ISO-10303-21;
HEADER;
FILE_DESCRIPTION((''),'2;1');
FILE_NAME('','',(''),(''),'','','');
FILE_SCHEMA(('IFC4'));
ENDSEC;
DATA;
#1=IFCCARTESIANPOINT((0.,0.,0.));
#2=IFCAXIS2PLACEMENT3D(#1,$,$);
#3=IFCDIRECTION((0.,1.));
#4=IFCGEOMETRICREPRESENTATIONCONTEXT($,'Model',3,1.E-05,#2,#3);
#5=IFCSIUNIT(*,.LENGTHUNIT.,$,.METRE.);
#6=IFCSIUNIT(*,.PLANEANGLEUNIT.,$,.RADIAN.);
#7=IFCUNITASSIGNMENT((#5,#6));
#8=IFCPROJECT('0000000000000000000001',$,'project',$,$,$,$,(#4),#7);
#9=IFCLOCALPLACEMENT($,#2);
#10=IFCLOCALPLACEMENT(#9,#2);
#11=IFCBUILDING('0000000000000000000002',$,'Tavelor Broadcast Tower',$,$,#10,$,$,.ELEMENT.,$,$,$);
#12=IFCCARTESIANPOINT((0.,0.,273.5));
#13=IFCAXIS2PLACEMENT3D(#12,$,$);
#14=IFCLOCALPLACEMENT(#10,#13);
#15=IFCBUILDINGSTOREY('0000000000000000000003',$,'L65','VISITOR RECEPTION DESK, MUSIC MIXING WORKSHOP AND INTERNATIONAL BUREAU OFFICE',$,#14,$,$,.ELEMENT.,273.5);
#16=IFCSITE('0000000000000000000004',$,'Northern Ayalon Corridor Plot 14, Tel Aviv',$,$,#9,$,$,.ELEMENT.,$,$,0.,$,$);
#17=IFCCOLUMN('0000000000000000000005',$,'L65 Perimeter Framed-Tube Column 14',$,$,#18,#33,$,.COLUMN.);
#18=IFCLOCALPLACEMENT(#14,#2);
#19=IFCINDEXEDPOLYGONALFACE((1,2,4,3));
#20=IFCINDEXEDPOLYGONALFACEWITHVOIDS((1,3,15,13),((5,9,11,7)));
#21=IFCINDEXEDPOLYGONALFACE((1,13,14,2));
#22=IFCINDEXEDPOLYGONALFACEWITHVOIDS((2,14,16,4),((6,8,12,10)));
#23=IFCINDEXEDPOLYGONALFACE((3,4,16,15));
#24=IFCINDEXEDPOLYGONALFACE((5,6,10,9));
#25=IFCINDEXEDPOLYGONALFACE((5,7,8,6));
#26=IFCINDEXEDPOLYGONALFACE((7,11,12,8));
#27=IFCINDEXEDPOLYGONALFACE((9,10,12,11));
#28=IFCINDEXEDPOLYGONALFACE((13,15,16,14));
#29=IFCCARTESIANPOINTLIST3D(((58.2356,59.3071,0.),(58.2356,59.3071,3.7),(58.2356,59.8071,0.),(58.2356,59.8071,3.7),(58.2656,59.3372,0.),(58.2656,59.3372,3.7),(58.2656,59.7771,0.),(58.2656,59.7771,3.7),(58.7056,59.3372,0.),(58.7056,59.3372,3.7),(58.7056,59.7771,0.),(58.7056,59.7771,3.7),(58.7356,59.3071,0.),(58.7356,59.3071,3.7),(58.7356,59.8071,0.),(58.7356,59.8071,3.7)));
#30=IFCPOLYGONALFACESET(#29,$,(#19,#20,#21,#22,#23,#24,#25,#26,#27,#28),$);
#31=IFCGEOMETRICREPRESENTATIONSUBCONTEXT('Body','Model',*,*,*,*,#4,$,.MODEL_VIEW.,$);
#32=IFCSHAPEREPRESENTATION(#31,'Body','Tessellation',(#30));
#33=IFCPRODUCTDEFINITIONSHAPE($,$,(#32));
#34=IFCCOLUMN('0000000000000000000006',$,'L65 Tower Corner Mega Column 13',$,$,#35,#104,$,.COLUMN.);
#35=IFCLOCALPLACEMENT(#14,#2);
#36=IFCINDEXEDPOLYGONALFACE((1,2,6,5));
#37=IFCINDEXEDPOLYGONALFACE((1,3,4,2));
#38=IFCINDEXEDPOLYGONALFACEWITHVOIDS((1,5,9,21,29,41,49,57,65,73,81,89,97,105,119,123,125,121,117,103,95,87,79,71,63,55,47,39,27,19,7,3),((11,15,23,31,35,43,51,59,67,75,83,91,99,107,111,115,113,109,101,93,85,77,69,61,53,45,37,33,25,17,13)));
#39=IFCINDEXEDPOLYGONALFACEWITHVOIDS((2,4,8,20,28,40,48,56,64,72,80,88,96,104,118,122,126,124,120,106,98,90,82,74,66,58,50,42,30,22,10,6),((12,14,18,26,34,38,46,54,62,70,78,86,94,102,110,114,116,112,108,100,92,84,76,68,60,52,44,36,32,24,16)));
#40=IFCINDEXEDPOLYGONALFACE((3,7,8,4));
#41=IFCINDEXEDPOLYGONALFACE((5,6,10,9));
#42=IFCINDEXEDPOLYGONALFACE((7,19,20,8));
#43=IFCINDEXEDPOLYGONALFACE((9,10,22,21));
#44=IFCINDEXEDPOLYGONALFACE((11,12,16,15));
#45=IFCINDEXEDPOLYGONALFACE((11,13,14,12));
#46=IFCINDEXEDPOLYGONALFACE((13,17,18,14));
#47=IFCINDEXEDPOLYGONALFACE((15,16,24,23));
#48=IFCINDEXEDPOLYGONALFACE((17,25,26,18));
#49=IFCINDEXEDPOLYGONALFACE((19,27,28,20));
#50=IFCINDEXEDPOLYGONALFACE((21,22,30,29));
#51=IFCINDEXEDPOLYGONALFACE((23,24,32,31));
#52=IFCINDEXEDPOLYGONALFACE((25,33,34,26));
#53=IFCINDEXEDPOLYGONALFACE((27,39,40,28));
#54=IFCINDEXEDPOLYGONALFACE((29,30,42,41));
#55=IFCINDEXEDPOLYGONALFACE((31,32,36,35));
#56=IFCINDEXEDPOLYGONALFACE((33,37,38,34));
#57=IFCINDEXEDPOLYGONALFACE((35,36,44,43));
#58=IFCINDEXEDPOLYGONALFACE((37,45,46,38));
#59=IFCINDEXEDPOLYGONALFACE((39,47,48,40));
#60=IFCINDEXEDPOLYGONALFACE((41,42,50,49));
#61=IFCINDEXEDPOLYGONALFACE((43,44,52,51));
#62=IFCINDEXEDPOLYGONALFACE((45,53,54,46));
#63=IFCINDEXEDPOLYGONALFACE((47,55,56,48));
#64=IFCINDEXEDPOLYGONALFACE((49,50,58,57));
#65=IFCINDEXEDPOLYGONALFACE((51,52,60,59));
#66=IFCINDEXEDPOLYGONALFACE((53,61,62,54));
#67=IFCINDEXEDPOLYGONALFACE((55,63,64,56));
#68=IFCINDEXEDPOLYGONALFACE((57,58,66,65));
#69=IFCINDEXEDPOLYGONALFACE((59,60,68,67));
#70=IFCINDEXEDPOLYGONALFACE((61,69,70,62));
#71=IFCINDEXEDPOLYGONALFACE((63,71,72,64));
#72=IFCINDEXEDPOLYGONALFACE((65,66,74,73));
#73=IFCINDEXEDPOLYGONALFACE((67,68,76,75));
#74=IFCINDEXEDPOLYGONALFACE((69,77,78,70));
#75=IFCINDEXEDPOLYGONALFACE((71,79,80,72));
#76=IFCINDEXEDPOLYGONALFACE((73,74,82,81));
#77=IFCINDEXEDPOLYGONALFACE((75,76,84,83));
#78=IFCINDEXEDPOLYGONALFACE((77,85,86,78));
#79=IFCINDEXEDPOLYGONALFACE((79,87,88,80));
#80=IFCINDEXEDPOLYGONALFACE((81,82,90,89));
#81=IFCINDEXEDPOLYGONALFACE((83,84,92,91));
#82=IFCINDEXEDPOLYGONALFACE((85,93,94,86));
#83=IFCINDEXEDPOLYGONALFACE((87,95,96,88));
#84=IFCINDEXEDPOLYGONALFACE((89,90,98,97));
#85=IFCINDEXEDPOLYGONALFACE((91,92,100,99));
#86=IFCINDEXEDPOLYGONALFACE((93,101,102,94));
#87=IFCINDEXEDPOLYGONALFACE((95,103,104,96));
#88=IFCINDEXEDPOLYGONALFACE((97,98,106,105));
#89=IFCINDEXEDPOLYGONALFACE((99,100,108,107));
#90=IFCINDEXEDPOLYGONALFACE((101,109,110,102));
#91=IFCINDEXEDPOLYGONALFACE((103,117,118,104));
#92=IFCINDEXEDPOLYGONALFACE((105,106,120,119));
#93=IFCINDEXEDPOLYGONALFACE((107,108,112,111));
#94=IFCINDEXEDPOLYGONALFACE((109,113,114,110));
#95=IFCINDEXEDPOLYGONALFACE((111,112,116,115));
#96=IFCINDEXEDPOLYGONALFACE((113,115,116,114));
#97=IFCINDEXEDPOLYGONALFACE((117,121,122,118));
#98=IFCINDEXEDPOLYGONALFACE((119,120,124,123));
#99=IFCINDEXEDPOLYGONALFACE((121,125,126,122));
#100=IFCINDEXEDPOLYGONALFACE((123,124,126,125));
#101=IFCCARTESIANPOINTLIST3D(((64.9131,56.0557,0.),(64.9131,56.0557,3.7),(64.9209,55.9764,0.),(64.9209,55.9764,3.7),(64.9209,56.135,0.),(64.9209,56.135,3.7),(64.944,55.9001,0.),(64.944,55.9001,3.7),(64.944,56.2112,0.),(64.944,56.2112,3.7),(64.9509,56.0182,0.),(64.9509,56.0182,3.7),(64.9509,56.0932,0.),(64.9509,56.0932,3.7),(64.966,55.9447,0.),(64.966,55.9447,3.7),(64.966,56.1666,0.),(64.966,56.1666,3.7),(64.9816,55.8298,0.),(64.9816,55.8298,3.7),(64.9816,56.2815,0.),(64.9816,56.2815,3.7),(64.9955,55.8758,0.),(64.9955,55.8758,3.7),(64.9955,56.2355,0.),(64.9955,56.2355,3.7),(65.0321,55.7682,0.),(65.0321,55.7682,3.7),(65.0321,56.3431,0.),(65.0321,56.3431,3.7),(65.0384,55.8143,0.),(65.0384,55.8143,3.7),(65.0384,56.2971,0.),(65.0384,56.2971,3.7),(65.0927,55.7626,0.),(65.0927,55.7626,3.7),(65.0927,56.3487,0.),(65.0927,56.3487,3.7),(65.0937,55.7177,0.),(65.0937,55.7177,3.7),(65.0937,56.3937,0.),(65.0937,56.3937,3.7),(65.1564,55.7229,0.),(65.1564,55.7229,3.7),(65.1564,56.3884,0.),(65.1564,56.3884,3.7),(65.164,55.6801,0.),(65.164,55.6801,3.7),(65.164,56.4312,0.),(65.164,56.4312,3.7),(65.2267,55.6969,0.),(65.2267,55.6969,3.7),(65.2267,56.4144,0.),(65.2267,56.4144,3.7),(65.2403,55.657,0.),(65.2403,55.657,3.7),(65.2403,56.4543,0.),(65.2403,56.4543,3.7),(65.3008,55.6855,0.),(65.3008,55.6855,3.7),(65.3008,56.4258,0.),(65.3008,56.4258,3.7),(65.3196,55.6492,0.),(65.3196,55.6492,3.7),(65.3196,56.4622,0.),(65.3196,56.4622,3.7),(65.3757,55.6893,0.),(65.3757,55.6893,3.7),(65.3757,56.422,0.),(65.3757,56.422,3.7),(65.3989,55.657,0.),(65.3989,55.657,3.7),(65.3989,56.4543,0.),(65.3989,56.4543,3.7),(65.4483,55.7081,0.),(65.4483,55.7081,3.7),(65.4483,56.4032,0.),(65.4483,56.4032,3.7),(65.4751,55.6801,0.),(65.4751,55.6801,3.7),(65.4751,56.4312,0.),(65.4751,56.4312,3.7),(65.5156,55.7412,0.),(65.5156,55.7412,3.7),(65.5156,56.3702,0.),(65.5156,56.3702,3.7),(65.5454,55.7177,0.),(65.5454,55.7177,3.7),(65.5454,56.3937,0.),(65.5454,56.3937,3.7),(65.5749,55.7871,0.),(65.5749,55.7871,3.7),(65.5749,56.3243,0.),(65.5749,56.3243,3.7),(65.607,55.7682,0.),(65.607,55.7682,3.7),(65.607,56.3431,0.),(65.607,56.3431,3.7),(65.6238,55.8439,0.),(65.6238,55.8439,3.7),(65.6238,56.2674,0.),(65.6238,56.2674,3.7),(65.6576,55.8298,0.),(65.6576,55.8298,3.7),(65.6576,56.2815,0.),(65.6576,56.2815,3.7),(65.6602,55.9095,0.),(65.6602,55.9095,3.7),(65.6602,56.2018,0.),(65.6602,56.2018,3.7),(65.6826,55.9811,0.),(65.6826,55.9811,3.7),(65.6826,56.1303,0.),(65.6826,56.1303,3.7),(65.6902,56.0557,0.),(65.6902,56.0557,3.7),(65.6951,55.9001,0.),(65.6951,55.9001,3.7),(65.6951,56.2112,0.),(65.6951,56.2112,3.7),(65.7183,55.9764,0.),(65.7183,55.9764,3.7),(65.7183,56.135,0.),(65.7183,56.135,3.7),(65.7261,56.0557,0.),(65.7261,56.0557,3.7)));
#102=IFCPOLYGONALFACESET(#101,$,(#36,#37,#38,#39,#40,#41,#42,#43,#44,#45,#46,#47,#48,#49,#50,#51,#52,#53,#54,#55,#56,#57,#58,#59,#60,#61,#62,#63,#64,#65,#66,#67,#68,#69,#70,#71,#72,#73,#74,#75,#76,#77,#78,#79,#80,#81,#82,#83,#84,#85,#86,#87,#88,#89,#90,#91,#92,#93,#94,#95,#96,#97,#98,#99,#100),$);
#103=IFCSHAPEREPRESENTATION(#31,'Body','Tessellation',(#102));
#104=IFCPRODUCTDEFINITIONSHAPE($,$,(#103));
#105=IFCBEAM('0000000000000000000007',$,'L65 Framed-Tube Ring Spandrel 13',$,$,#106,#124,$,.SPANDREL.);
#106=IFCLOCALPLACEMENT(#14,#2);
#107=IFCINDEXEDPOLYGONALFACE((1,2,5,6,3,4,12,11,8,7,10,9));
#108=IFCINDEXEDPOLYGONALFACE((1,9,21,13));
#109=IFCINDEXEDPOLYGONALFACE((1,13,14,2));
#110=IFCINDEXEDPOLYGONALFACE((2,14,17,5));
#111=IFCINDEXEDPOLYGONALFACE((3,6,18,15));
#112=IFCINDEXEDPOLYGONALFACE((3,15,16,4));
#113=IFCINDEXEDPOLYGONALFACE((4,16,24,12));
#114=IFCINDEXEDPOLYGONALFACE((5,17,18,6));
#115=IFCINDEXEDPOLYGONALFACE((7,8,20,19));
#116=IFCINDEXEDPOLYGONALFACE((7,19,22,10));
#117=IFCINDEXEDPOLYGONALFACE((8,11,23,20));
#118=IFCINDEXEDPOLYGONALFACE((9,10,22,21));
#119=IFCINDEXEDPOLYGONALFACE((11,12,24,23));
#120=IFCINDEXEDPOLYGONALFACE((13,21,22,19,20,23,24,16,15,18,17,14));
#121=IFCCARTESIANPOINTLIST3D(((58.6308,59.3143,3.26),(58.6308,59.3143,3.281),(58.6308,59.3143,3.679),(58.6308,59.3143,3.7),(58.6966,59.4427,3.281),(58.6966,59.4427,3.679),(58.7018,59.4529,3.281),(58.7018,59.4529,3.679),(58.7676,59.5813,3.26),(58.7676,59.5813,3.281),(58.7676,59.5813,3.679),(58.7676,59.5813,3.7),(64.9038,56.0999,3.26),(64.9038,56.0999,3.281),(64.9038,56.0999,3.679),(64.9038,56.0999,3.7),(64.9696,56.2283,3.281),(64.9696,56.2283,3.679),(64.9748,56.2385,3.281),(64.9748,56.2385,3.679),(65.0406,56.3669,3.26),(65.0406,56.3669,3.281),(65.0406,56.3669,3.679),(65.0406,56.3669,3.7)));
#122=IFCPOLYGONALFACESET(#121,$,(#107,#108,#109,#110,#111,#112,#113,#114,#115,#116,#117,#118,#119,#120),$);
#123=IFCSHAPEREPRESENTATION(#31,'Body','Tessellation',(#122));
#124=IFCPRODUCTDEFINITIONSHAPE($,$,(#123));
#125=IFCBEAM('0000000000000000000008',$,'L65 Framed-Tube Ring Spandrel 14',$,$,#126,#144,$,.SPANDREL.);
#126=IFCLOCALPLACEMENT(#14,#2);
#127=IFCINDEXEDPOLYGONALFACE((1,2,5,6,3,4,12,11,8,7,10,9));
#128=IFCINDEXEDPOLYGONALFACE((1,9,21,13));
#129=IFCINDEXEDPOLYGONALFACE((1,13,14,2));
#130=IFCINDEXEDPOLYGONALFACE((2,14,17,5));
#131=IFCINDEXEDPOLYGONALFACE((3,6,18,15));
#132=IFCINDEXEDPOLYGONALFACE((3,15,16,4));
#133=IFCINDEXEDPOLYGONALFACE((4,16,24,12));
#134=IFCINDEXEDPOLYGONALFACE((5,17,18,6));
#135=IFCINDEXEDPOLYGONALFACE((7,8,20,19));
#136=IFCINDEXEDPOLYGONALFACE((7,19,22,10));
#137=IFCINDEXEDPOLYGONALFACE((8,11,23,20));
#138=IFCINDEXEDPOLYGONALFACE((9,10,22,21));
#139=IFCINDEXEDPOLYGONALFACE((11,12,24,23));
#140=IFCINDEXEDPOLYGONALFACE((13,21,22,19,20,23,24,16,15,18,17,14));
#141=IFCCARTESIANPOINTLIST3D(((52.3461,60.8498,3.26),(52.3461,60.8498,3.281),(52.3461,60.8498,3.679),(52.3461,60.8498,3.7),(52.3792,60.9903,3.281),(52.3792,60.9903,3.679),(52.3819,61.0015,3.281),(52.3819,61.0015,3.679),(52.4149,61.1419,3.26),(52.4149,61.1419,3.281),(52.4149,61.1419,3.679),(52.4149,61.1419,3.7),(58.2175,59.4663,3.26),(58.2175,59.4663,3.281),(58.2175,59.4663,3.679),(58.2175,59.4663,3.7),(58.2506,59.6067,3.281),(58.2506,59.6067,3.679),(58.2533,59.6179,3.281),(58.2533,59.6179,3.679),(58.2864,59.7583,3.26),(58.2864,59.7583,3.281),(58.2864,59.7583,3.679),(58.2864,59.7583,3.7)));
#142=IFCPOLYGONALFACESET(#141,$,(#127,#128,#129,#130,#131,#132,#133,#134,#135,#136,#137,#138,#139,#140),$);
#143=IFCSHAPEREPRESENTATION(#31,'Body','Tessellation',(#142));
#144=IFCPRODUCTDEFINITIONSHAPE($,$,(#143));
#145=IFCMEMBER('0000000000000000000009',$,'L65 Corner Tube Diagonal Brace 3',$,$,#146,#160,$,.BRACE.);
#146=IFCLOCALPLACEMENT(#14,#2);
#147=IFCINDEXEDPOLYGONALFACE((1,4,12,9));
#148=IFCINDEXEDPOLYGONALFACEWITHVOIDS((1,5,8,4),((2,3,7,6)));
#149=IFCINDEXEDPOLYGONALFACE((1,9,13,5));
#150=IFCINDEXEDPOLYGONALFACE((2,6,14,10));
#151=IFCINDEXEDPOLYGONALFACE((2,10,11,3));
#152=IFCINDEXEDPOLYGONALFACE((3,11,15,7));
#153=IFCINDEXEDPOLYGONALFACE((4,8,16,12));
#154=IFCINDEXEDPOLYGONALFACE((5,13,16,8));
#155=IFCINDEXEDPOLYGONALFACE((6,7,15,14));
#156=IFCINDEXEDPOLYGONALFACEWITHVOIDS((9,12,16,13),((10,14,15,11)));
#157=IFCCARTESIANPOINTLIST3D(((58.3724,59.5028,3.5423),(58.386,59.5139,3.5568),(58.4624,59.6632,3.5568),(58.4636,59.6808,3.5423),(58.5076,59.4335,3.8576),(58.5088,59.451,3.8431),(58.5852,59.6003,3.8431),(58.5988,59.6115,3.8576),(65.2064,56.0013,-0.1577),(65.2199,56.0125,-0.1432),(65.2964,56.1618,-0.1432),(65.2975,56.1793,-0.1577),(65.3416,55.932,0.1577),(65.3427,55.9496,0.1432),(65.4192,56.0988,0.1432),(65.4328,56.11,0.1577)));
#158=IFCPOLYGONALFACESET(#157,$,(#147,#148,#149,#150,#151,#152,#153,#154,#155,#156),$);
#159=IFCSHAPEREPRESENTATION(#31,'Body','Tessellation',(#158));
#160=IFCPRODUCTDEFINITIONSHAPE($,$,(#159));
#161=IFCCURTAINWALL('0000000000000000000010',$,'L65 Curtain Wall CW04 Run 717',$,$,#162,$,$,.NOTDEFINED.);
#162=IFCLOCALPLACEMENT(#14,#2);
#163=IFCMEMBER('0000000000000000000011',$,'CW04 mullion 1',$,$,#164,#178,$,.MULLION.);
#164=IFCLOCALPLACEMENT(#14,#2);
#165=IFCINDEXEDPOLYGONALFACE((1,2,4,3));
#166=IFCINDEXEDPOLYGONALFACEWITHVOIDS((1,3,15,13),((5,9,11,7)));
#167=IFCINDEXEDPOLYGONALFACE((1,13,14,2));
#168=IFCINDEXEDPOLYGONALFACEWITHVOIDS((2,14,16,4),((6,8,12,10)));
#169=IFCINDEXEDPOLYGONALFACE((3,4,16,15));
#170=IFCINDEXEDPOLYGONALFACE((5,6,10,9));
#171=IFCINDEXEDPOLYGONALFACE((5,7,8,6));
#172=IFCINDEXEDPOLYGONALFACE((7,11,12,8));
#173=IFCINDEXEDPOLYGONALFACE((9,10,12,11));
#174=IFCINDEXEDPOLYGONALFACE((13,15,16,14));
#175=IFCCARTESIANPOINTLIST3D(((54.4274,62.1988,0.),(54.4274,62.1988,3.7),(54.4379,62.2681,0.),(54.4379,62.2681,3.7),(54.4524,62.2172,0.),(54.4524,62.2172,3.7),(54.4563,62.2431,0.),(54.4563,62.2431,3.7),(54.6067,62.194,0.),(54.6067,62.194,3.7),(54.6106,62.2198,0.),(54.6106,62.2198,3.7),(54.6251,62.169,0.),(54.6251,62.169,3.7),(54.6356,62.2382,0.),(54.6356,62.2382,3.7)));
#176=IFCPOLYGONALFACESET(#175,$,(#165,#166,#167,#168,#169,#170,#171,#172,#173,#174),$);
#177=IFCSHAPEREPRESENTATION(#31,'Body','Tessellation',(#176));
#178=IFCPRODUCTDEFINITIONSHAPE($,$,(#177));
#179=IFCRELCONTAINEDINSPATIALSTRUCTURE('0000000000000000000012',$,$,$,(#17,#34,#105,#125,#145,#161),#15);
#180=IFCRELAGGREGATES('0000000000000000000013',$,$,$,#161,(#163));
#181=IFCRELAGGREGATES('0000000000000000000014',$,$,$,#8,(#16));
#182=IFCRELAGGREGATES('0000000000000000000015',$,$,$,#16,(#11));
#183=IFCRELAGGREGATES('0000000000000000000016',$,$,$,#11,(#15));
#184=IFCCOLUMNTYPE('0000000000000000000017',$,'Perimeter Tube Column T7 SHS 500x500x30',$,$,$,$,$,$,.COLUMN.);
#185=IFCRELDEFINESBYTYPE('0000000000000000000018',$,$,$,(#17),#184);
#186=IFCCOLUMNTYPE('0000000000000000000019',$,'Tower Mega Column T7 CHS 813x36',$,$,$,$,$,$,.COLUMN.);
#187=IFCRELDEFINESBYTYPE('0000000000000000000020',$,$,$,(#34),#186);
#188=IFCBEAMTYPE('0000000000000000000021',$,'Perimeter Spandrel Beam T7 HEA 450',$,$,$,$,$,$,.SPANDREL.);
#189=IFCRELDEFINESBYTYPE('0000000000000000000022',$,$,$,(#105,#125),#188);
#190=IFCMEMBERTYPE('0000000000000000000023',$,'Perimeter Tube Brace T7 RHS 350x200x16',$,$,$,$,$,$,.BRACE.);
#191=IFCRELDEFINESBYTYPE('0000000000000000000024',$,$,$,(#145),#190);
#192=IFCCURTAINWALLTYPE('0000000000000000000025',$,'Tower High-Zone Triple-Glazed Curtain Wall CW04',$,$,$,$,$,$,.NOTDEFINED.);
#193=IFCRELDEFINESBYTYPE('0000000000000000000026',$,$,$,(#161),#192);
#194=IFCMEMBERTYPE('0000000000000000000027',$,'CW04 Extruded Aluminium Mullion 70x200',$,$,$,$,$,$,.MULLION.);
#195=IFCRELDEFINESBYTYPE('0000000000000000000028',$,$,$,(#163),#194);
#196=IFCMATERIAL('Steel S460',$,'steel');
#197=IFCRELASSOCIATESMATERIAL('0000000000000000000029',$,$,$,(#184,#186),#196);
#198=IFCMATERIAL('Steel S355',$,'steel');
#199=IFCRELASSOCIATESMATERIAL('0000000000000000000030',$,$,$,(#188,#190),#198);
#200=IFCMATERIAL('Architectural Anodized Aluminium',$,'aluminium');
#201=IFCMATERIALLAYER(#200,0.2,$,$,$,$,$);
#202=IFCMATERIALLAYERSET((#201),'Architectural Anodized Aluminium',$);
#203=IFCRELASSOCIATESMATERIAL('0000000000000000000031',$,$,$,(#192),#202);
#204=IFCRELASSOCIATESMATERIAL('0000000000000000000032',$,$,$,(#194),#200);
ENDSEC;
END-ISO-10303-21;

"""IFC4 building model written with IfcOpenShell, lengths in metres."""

from ifc_helpers import new_model, si_unit, direction, frame, origin, origin_2d, place, context, subcontext, project, spatial, hollow_rectangle, hollow_circle, i_section, extrude, source, transform, mapped, material, layer, layer_set, material_profile, profile_set, type_object, type_shapes, element, aggregate, save


model = new_model("IFC4")

# Units and contexts
model_context = context("Model", 3, precision=1e-05, world=origin(), true_north=direction((0.0, 1.0)))
body_context = subcontext(model_context, "Body", "Model", "MODEL_VIEW")
ifc_project = project(units=[si_unit("LENGTHUNIT", "METRE"), si_unit("PLANEANGLEUNIT", "RADIAN")], contexts=[model_context])

# Site, building, storey
site_placement = place(None, origin())
site = spatial("IfcSite", under=ifc_project, at=site_placement, Name="Northern Ayalon Corridor Plot 14, Tel Aviv", CompositionType="ELEMENT", RefElevation=0.0)
building_placement = place(site_placement, origin())
building = spatial("IfcBuilding", under=site, at=building_placement, Name="Tavelor Broadcast Tower", CompositionType="ELEMENT")
storey_placement = place(building_placement, frame((0.0, 0.0, 273.5)))
storey = spatial("IfcBuildingStorey", under=building, at=storey_placement, Name="L65", Description="VISITOR RECEPTION DESK, MUSIC MIXING WORKSHOP AND INTERNATIONAL BUREAU OFFICE", CompositionType="ELEMENT", Elevation=273.5)

# Columns
ifc_material_1 = material(Name="Steel S460", Category="steel")
ifc_material_profile_1 = material_profile(ifc_material_1, hollow_rectangle(XDim=0.5, YDim=0.5, WallThickness=0.03, at=origin_2d()), Name="SHS 500x500x30")
ifc_profile_set_1 = profile_set([ifc_material_profile_1], Name="Steel S460")
column_type_1 = type_object("IfcColumnType", Name="Perimeter Tube Column T7 SHS 500x500x30", PredefinedType="COLUMN", material=ifc_profile_set_1)
column_1_placement = place(storey_placement, frame((58.4856, 59.5571, 0.0), z_axis=(0.0, 0.0, 1.0), x_axis=(1.0, 0.0, 0.0)))
element("IfcColumn", 1, at=column_1_placement, inside=storey, type_object=column_type_1, Name="L65 Perimeter Framed-Tube Column 14", PredefinedType="COLUMN", context=body_context, shape_type="SweptSolid", body=[
    extrude(hollow_rectangle(XDim=0.5, YDim=0.5, WallThickness=0.03, at=origin_2d()), origin(), (0.0, 0.0, 1.0), 3.7),
])
ifc_material_profile_2 = material_profile(ifc_material_1, hollow_circle(Radius=0.4065, WallThickness=0.0359, at=origin_2d()), Name="CHS 813x36")
ifc_profile_set_2 = profile_set([ifc_material_profile_2], Name="Steel S460")
column_type_2 = type_object("IfcColumnType", Name="Tower Mega Column T7 CHS 813x36", PredefinedType="COLUMN", material=ifc_profile_set_2)
column_2_placement = place(storey_placement, frame((65.3196, 56.0557, 0.0), z_axis=(0.0, 0.0, 1.0), x_axis=(1.0, 0.0, 0.0)))
element("IfcColumn", 2, at=column_2_placement, inside=storey, type_object=column_type_2, Name="L65 Tower Corner Mega Column 13", PredefinedType="COLUMN", context=body_context, shape_type="SweptSolid", body=[
    extrude(hollow_circle(Radius=0.4065, WallThickness=0.0359, at=origin_2d()), origin(), (0.0, 0.0, 1.0), 3.7),
])

# Beams
ifc_material_2 = material(Name="Steel S355", Category="steel")
ifc_material_profile_3 = material_profile(ifc_material_2, i_section(OverallWidth=0.3, OverallDepth=0.4399, WebThickness=0.0115, FlangeThickness=0.021, at=origin_2d()), Name="HEA 450")
ifc_profile_set_3 = profile_set([ifc_material_profile_3], Name="Steel S355")
beam_type = type_object("IfcBeamType", Name="Perimeter Spandrel Beam T7 HEA 450", PredefinedType="SPANDREL", material=ifc_profile_set_3)
beam_1_placement = place(storey_placement, frame((64.9722, 56.2334, 3.48), z_axis=(-0.889964, 0.456031, 0.0), x_axis=(-0.456031, -0.889964, 0.0)))
element("IfcBeam", 3, at=beam_1_placement, inside=storey, type_object=beam_type, Name="L65 Framed-Tube Ring Spandrel 13", PredefinedType="SPANDREL", context=body_context, shape_type="SweptSolid", body=[
    extrude(i_section(OverallWidth=0.3, OverallDepth=0.4399, WebThickness=0.0115, FlangeThickness=0.021, at=origin_2d()), origin(), (0.0, 0.0, 1.0), 7.0486),
])
beam_2_placement = place(storey_placement, frame((58.252, 59.6123, 3.48), z_axis=(-0.973341, 0.229362, 0.0), x_axis=(-0.229362, -0.973341, 0.0)))
element("IfcBeam", 4, at=beam_2_placement, inside=storey, type_object=beam_type, Name="L65 Framed-Tube Ring Spandrel 14", PredefinedType="SPANDREL", context=body_context, shape_type="SweptSolid", body=[
    extrude(i_section(OverallWidth=0.3, OverallDepth=0.4399, WebThickness=0.0115, FlangeThickness=0.021, at=origin_2d()), origin(), (0.0, 0.0, 1.0), 6.0322),
])

# Member
ifc_material_profile_4 = material_profile(ifc_material_2, hollow_rectangle(XDim=0.2, YDim=0.3501, WallThickness=0.0161, at=origin_2d()), Name="RHS 350x200x16")
ifc_profile_set_4 = profile_set([ifc_material_profile_4], Name="Steel S355")
member_type_1 = type_object("IfcMemberType", Name="Perimeter Tube Brace T7 RHS 350x200x16", PredefinedType="BRACE", material=ifc_profile_set_4)
member_1_placement = place(storey_placement, frame((65.3196, 56.0557, 0.0), z_axis=(-0.801764, 0.410792, 0.434079), x_axis=(-0.455993, -0.889984, 0.0)))
element("IfcMember", 5, at=member_1_placement, inside=storey, type_object=member_type_1, Name="L65 Corner Tube Diagonal Brace 3", PredefinedType="BRACE", context=body_context, shape_type="SweptSolid", body=[
    extrude(hollow_rectangle(XDim=0.2, YDim=0.3501, WallThickness=0.0161, at=origin_2d()), origin(), (0.0, 0.0, 1.0), 8.5237),
])

# Curtain wall, member
ifc_material_3 = material(Name="Architectural Anodized Aluminium", Category="aluminium")
ifc_layer_1 = layer(ifc_material_3, 0.2)
ifc_layer_set_1 = layer_set([ifc_layer_1], Name="Architectural Anodized Aluminium")
curtain_wall_type = type_object("IfcCurtainWallType", Name="Tower High-Zone Triple-Glazed Curtain Wall CW04", PredefinedType="NOTDEFINED", material=ifc_layer_set_1)
curtain_wall_placement = place(storey_placement, origin())
curtain_wall = element("IfcCurtainWall", 6, at=curtain_wall_placement, inside=storey, type_object=curtain_wall_type, Name="L65 Curtain Wall CW04 Run 717", PredefinedType="NOTDEFINED")
ifc_material_profile_5 = material_profile(ifc_material_3, hollow_rectangle(XDim=0.0701, YDim=0.2, WallThickness=0.022, at=origin_2d()), Name="RHS 70x200x22")
ifc_profile_set_5 = profile_set([ifc_material_profile_5], Name="Architectural Anodized Aluminium")
member_type_2 = type_object("IfcMemberType", Name="CW04 Extruded Aluminium Mullion 70x200", PredefinedType="MULLION", material=ifc_profile_set_5)
shared_shape_1 = source(origin(), body_context, "Body", "SweptSolid", [
    extrude(hollow_rectangle(XDim=0.0701, YDim=0.2, WallThickness=0.022, at=origin_2d()), origin(), (0.0, 0.0, 1.0), 3.7),
])
type_shapes(member_type_2, [shared_shape_1])
member_2_placement = place(storey_placement, frame((54.5315, 62.2185, 0.0), z_axis=(0.0, 0.0, 1.0), x_axis=(-0.149116, -0.98882, 0.0)))
member_2 = element("IfcMember", 7, at=member_2_placement, type_object=member_type_2, Name="CW04 mullion 1", PredefinedType="MULLION", context=body_context, shape_type="MappedRepresentation", body=[
    mapped(shared_shape_1, transform((0.0, 0.0, 0.0), scale=1.0)),
])
aggregate(curtain_wall, [member_2])

save(model, "model.ifc")
